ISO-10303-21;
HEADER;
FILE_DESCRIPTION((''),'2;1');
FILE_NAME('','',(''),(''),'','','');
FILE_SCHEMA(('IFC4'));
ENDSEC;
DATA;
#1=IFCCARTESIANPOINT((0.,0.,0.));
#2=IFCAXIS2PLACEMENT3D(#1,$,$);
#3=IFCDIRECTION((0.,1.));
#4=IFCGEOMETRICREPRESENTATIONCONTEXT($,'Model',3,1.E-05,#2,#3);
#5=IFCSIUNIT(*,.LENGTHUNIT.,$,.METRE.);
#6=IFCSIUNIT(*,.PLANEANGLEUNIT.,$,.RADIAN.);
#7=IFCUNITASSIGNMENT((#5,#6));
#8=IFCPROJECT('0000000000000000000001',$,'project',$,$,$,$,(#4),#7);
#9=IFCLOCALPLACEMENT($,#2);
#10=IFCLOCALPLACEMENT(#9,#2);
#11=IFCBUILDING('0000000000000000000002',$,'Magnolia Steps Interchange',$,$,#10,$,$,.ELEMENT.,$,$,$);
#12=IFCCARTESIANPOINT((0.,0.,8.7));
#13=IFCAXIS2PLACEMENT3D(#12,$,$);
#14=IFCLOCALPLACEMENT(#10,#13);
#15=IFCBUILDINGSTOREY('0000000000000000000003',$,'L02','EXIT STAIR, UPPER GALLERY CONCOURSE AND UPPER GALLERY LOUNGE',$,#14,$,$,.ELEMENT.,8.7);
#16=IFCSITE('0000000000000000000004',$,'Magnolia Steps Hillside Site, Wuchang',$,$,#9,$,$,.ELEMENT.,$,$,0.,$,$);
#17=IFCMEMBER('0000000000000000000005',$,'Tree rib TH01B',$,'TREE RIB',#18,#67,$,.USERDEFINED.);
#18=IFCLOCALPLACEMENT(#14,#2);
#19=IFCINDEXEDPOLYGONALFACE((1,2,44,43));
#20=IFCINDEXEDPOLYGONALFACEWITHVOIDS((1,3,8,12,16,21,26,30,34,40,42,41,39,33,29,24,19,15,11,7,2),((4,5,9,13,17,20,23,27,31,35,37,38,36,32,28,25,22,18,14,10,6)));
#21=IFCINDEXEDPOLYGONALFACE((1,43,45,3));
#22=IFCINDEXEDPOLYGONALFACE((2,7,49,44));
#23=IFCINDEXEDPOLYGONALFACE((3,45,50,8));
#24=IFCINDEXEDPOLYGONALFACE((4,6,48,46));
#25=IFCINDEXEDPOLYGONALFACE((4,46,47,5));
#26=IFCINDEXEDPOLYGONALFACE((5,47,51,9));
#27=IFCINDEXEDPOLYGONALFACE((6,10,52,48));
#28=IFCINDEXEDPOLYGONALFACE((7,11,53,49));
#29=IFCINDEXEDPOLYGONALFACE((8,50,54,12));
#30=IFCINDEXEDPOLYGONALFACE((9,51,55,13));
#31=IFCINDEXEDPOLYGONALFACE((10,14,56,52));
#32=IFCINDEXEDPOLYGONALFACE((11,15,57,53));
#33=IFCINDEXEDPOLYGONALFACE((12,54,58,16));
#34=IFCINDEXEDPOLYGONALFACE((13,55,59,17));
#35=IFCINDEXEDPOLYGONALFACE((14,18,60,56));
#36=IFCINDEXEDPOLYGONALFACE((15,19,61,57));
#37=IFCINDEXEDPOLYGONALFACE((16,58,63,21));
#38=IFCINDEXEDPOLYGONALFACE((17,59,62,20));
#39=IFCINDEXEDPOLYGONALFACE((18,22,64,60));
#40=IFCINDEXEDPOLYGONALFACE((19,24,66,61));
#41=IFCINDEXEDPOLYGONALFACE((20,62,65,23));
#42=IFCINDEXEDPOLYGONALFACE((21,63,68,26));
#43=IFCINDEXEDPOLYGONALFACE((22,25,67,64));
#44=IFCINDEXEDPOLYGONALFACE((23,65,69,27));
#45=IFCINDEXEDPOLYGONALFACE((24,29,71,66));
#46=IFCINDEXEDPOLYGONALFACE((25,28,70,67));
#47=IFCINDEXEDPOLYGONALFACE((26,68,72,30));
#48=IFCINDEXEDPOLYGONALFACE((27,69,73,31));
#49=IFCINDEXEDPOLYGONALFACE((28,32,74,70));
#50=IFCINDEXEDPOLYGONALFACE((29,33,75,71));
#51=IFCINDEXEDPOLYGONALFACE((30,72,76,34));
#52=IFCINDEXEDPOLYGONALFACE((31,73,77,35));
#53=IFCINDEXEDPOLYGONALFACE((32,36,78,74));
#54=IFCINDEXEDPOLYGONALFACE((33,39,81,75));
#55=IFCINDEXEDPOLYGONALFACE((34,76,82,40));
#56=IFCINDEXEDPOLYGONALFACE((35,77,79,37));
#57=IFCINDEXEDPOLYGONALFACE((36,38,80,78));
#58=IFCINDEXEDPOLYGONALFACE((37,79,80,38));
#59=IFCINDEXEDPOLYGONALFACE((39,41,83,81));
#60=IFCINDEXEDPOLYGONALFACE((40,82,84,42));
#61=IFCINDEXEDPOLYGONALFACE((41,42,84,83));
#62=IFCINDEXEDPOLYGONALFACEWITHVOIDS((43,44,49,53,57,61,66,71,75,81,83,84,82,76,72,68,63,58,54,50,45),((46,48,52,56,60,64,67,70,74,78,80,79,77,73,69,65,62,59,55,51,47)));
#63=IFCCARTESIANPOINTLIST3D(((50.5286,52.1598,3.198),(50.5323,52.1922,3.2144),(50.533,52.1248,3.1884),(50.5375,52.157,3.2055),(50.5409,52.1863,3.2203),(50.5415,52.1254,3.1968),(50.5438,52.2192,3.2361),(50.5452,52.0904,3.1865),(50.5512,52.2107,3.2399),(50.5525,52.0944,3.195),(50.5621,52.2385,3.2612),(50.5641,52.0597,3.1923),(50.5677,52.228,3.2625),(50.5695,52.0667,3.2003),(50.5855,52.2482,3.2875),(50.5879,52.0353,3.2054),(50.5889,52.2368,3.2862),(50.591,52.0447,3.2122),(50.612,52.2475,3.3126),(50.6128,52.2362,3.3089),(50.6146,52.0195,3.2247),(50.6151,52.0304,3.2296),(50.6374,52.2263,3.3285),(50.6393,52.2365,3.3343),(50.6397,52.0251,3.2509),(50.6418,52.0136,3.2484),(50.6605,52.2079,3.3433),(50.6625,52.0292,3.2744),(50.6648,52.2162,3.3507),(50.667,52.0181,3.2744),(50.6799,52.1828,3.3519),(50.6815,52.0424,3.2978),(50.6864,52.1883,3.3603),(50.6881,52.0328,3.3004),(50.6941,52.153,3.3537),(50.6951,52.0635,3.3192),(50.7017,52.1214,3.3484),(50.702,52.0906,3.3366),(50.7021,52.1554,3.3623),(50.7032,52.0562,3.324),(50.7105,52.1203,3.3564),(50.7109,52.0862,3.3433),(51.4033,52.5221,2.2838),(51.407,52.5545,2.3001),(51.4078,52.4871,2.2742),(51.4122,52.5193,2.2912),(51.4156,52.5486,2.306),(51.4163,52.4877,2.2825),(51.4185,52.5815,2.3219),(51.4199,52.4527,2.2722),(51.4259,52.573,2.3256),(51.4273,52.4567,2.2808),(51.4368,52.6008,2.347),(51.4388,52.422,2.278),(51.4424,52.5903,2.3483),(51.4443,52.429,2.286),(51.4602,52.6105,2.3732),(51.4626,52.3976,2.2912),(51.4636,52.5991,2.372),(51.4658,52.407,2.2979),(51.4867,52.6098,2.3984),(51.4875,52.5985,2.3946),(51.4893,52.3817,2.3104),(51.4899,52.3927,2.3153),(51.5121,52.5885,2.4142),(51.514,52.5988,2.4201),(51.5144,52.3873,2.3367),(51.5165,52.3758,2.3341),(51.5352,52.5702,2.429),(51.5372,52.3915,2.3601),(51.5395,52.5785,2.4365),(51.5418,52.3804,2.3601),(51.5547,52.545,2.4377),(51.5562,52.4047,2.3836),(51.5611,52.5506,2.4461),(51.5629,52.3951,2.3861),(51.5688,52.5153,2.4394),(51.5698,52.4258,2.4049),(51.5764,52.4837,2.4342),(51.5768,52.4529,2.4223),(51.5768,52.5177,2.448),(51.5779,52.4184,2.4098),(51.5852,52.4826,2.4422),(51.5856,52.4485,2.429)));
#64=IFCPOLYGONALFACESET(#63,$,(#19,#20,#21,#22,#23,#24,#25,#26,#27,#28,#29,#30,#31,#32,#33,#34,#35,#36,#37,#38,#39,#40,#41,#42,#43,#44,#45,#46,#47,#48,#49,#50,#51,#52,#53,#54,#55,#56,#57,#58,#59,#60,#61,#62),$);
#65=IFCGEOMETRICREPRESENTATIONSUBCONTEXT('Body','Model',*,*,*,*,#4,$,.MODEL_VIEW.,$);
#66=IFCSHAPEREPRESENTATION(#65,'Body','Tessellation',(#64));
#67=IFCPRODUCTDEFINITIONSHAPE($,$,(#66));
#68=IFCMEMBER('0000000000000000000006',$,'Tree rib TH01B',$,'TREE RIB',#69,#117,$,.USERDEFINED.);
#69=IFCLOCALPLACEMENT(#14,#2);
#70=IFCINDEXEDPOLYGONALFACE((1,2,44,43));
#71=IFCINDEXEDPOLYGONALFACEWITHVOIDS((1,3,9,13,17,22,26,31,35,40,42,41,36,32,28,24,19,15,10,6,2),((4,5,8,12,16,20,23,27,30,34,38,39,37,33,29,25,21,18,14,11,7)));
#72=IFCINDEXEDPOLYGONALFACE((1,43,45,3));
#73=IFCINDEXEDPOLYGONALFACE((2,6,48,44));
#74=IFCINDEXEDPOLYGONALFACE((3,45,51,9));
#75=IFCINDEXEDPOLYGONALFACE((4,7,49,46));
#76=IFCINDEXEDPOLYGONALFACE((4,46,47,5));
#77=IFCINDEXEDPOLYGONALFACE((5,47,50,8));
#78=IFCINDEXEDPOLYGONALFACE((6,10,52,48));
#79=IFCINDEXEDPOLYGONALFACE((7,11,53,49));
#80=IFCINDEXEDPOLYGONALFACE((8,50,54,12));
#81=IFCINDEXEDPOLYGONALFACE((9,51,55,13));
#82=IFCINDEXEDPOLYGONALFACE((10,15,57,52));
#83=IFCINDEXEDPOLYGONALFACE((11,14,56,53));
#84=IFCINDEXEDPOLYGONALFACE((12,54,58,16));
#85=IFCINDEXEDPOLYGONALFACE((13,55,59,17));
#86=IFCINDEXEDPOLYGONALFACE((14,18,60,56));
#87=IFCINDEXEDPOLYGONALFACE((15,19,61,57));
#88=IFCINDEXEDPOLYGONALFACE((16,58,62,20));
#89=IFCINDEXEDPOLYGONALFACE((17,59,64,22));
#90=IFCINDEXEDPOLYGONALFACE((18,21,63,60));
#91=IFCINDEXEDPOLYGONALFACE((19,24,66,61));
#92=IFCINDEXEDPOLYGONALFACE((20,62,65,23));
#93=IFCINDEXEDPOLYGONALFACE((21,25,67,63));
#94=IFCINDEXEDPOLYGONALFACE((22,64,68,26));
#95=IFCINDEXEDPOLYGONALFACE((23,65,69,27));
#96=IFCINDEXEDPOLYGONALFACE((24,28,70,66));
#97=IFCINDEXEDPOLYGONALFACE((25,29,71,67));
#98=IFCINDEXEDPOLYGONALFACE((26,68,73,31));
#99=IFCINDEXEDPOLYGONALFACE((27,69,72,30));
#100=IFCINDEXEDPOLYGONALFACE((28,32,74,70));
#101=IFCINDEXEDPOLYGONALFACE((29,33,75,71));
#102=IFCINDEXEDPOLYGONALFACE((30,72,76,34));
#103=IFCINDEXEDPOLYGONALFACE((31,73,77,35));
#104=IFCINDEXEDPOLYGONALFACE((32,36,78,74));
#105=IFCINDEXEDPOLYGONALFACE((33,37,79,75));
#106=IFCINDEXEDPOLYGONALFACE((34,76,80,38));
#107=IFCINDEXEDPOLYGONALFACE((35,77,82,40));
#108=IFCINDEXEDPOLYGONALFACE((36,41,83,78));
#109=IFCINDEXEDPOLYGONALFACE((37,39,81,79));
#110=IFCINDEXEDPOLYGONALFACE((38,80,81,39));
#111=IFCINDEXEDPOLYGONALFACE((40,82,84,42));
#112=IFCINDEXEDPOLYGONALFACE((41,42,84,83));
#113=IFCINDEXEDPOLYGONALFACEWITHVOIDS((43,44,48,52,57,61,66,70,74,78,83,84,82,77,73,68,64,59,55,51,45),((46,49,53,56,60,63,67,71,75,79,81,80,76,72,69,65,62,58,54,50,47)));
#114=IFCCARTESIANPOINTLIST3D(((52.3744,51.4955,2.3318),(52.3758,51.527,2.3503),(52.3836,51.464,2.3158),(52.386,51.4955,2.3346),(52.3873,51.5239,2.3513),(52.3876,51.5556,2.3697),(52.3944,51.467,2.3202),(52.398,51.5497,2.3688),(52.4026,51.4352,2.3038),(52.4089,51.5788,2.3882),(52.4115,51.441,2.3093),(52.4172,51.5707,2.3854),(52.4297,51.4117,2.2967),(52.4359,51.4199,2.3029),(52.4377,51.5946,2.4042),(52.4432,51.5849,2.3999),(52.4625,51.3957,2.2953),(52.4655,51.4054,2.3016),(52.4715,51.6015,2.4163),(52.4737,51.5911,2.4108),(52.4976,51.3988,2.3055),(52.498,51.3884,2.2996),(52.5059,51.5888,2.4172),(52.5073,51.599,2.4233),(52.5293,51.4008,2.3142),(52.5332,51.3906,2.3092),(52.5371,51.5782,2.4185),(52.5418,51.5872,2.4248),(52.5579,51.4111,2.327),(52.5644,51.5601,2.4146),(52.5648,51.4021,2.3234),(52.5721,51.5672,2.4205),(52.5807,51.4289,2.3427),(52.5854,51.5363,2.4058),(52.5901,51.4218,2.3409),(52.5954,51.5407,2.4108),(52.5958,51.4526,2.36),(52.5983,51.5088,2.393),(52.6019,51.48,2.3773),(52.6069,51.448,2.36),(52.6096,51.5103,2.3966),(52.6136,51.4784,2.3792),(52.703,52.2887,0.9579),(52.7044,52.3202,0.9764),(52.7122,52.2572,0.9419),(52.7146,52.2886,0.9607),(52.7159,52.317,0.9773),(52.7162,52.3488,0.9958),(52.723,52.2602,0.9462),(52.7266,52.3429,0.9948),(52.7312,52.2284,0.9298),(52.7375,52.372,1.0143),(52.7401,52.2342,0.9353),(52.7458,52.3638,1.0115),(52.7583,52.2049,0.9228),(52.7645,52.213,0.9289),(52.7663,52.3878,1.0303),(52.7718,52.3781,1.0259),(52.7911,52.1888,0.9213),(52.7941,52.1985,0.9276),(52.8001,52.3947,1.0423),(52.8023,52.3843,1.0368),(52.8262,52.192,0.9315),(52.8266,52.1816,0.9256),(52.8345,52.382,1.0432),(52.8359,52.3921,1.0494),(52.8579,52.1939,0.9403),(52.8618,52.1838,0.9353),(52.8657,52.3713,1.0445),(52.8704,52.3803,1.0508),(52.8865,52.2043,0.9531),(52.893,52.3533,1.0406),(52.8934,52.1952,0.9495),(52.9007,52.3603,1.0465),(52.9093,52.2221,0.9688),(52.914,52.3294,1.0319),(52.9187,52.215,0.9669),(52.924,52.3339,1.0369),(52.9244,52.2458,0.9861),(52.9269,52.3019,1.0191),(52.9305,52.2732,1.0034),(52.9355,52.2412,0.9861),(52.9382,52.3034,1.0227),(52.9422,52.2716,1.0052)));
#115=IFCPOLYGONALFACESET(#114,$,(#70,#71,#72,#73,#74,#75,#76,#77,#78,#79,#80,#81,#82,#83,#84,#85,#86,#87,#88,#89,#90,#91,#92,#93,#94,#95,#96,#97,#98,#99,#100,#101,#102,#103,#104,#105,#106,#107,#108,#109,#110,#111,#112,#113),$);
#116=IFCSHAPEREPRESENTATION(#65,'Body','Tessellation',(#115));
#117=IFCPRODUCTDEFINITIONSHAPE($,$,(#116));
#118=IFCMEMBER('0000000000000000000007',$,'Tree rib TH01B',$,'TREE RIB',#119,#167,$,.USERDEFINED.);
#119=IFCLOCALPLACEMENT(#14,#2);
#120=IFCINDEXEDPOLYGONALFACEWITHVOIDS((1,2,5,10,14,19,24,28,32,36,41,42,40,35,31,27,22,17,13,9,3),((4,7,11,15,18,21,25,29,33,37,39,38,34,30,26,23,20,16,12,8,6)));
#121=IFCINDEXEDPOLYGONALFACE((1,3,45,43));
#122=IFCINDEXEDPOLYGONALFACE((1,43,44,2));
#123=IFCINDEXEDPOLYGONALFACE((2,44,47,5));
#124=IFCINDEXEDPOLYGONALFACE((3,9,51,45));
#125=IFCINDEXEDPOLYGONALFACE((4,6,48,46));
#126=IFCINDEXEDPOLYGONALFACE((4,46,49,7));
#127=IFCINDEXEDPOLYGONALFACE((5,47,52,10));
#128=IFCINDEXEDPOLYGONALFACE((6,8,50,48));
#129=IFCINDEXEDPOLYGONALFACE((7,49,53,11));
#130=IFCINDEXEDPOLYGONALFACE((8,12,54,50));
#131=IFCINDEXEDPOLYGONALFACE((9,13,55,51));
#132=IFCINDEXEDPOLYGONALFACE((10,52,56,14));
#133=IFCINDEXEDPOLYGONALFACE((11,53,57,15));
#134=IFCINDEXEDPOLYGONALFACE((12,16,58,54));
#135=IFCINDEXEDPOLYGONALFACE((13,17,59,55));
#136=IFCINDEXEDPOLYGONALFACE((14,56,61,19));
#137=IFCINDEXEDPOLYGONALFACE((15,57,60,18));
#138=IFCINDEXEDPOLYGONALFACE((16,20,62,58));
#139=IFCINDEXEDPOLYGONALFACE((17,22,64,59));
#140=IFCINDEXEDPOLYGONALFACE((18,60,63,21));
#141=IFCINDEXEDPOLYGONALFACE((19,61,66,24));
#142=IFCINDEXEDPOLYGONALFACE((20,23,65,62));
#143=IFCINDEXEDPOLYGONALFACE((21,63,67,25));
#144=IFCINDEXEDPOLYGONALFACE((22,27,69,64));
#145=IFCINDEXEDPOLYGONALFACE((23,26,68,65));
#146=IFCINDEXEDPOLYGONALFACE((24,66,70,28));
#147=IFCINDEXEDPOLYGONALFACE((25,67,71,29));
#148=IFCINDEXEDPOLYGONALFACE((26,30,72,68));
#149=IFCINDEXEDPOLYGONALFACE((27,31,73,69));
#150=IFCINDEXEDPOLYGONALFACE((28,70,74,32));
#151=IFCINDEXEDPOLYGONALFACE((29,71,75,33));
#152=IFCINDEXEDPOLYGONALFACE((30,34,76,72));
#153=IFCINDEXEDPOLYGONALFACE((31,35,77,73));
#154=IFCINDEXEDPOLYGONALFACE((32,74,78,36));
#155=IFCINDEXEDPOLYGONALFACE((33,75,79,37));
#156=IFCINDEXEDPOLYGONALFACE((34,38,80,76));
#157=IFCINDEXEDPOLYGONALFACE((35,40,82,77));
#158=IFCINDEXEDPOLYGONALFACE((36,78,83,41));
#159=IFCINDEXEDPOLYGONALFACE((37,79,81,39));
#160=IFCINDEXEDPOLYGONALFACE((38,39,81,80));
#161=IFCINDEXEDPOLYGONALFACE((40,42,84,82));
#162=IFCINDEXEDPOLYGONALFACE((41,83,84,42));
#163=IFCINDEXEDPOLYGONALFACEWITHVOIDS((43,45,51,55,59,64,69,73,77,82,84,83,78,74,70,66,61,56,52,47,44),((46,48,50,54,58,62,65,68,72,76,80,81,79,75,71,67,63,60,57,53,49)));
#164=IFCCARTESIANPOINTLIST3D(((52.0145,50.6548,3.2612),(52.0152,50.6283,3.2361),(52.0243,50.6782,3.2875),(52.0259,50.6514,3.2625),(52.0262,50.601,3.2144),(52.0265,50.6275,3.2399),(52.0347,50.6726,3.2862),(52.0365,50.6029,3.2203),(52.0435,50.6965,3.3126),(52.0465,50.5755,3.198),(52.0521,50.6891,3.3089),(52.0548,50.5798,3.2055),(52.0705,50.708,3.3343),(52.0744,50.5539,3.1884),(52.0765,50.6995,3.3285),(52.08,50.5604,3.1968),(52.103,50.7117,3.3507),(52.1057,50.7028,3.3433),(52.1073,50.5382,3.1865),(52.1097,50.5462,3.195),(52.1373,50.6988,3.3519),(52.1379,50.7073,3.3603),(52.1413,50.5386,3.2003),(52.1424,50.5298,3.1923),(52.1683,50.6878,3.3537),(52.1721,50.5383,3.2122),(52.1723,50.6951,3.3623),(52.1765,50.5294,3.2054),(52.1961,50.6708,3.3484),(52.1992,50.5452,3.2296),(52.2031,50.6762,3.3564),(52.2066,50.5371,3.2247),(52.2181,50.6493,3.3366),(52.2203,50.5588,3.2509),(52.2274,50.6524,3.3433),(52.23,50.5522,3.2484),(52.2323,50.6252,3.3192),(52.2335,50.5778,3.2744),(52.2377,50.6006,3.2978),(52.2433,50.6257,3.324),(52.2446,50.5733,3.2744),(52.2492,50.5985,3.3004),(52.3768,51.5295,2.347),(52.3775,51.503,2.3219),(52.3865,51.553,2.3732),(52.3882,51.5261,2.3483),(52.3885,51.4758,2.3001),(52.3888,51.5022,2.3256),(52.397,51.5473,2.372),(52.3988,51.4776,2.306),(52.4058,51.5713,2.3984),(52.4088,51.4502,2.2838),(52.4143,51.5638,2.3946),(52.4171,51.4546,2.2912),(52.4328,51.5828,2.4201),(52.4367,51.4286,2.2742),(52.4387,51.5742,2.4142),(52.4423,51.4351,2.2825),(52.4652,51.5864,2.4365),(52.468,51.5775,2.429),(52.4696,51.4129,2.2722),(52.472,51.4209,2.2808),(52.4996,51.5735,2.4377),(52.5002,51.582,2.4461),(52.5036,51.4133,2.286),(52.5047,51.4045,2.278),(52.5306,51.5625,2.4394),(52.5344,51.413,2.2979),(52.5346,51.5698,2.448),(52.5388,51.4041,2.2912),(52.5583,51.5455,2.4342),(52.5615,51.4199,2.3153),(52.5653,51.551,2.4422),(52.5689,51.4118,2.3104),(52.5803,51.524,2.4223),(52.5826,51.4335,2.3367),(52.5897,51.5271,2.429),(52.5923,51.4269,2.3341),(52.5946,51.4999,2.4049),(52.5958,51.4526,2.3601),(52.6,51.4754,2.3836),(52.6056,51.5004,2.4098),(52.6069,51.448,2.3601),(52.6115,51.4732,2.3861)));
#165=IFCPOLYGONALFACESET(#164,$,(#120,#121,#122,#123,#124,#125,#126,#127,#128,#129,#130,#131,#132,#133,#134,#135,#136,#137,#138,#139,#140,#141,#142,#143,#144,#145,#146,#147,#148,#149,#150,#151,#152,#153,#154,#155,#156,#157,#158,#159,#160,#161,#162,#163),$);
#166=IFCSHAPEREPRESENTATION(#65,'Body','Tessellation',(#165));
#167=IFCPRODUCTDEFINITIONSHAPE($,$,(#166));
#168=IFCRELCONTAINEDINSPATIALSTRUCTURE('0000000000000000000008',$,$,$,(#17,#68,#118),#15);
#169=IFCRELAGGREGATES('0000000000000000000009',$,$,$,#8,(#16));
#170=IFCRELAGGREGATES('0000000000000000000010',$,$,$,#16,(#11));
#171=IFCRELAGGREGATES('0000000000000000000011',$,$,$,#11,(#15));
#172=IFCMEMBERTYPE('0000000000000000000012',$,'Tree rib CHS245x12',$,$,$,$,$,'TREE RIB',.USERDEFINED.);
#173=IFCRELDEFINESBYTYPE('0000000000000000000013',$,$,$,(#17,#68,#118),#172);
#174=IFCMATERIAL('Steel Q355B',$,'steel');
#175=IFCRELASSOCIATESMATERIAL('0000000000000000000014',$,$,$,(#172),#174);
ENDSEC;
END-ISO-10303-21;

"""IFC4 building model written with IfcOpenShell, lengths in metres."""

from ifc_helpers import new_model, si_unit, direction, frame, origin, origin_2d, place, context, subcontext, project, spatial, hollow_circle, extrude, material, material_profile, profile_set, type_object, element, save


model = new_model("IFC4")

# Units and contexts
model_context = context("Model", 3, precision=1e-05, world=origin(), true_north=direction((0.0, 1.0)))
body_context = subcontext(model_context, "Body", "Model", "MODEL_VIEW")
ifc_project = project(units=[si_unit("LENGTHUNIT", "METRE"), si_unit("PLANEANGLEUNIT", "RADIAN")], contexts=[model_context])

# Site, building, storey
site_placement = place(None, origin())
site = spatial("IfcSite", under=ifc_project, at=site_placement, Name="Magnolia Steps Hillside Site, Wuchang", CompositionType="ELEMENT", RefElevation=0.0)
building_placement = place(site_placement, origin())
building = spatial("IfcBuilding", under=site, at=building_placement, Name="Magnolia Steps Interchange", CompositionType="ELEMENT")
storey_placement = place(building_placement, frame((0.0, 0.0, 8.7)))
storey = spatial("IfcBuildingStorey", under=building, at=storey_placement, Name="L02", Description="EXIT STAIR, UPPER GALLERY CONCOURSE AND UPPER GALLERY LOUNGE", CompositionType="ELEMENT", Elevation=8.7)

# Members
ifc_material_1 = material(Name="Steel Q355B", Category="steel")
ifc_material_profile_1 = material_profile(ifc_material_1, hollow_circle(Radius=0.1226, WallThickness=0.012, at=origin_2d()), Name="CHS245x12")
ifc_profile_set_1 = profile_set([ifc_material_profile_1], Name="Steel Q355B")
member_type = type_object("IfcMemberType", Name="Tree rib CHS245x12", ElementType="TREE RIB", PredefinedType="USERDEFINED", material=ifc_profile_set_1)
member_1_placement = place(storey_placement, frame((51.4949, 52.4937, 2.3601), z_axis=(-0.6646, -0.275263, 0.694649), x_axis=(0.382655, -0.923891, 0.0)))
element("IfcMember", 1, at=member_1_placement, inside=storey, type_object=member_type, Name="Tree rib TH01B", ObjectType="TREE RIB", PredefinedType="USERDEFINED", context=body_context, shape_type="SweptSolid", body=[
    extrude(hollow_circle(Radius=0.1226, WallThickness=0.012, at=origin_2d()), origin(), (0.0, 0.0, 1.0), 1.3162),
])
member_2_placement = place(storey_placement, frame((52.8223, 52.2881, 0.9861), z_axis=(-0.20282, -0.489571, 0.848047), x_axis=(0.923857, -0.382737, 0.0)))
element("IfcMember", 2, at=member_2_placement, inside=storey, type_object=member_type, Name="Tree rib TH01B", ObjectType="TREE RIB", PredefinedType="USERDEFINED", context=body_context, shape_type="SweptSolid", body=[
    extrude(hollow_circle(Radius=0.1226, WallThickness=0.012, at=origin_2d()), origin(), (0.0, 0.0, 1.0), 1.6201),
])
member_3_placement = place(storey_placement, frame((52.4937, 51.4949, 2.3601), z_axis=(-0.275263, -0.6646, 0.694649), x_axis=(0.923891, -0.382655, 0.0)))
element("IfcMember", 3, at=member_3_placement, inside=storey, type_object=member_type, Name="Tree rib TH01B", ObjectType="TREE RIB", PredefinedType="USERDEFINED", context=body_context, shape_type="SweptSolid", body=[
    extrude(hollow_circle(Radius=0.1226, WallThickness=0.012, at=origin_2d()), origin(), (0.0, 0.0, 1.0), 1.3162),
])

save(model, "model.ifc")
